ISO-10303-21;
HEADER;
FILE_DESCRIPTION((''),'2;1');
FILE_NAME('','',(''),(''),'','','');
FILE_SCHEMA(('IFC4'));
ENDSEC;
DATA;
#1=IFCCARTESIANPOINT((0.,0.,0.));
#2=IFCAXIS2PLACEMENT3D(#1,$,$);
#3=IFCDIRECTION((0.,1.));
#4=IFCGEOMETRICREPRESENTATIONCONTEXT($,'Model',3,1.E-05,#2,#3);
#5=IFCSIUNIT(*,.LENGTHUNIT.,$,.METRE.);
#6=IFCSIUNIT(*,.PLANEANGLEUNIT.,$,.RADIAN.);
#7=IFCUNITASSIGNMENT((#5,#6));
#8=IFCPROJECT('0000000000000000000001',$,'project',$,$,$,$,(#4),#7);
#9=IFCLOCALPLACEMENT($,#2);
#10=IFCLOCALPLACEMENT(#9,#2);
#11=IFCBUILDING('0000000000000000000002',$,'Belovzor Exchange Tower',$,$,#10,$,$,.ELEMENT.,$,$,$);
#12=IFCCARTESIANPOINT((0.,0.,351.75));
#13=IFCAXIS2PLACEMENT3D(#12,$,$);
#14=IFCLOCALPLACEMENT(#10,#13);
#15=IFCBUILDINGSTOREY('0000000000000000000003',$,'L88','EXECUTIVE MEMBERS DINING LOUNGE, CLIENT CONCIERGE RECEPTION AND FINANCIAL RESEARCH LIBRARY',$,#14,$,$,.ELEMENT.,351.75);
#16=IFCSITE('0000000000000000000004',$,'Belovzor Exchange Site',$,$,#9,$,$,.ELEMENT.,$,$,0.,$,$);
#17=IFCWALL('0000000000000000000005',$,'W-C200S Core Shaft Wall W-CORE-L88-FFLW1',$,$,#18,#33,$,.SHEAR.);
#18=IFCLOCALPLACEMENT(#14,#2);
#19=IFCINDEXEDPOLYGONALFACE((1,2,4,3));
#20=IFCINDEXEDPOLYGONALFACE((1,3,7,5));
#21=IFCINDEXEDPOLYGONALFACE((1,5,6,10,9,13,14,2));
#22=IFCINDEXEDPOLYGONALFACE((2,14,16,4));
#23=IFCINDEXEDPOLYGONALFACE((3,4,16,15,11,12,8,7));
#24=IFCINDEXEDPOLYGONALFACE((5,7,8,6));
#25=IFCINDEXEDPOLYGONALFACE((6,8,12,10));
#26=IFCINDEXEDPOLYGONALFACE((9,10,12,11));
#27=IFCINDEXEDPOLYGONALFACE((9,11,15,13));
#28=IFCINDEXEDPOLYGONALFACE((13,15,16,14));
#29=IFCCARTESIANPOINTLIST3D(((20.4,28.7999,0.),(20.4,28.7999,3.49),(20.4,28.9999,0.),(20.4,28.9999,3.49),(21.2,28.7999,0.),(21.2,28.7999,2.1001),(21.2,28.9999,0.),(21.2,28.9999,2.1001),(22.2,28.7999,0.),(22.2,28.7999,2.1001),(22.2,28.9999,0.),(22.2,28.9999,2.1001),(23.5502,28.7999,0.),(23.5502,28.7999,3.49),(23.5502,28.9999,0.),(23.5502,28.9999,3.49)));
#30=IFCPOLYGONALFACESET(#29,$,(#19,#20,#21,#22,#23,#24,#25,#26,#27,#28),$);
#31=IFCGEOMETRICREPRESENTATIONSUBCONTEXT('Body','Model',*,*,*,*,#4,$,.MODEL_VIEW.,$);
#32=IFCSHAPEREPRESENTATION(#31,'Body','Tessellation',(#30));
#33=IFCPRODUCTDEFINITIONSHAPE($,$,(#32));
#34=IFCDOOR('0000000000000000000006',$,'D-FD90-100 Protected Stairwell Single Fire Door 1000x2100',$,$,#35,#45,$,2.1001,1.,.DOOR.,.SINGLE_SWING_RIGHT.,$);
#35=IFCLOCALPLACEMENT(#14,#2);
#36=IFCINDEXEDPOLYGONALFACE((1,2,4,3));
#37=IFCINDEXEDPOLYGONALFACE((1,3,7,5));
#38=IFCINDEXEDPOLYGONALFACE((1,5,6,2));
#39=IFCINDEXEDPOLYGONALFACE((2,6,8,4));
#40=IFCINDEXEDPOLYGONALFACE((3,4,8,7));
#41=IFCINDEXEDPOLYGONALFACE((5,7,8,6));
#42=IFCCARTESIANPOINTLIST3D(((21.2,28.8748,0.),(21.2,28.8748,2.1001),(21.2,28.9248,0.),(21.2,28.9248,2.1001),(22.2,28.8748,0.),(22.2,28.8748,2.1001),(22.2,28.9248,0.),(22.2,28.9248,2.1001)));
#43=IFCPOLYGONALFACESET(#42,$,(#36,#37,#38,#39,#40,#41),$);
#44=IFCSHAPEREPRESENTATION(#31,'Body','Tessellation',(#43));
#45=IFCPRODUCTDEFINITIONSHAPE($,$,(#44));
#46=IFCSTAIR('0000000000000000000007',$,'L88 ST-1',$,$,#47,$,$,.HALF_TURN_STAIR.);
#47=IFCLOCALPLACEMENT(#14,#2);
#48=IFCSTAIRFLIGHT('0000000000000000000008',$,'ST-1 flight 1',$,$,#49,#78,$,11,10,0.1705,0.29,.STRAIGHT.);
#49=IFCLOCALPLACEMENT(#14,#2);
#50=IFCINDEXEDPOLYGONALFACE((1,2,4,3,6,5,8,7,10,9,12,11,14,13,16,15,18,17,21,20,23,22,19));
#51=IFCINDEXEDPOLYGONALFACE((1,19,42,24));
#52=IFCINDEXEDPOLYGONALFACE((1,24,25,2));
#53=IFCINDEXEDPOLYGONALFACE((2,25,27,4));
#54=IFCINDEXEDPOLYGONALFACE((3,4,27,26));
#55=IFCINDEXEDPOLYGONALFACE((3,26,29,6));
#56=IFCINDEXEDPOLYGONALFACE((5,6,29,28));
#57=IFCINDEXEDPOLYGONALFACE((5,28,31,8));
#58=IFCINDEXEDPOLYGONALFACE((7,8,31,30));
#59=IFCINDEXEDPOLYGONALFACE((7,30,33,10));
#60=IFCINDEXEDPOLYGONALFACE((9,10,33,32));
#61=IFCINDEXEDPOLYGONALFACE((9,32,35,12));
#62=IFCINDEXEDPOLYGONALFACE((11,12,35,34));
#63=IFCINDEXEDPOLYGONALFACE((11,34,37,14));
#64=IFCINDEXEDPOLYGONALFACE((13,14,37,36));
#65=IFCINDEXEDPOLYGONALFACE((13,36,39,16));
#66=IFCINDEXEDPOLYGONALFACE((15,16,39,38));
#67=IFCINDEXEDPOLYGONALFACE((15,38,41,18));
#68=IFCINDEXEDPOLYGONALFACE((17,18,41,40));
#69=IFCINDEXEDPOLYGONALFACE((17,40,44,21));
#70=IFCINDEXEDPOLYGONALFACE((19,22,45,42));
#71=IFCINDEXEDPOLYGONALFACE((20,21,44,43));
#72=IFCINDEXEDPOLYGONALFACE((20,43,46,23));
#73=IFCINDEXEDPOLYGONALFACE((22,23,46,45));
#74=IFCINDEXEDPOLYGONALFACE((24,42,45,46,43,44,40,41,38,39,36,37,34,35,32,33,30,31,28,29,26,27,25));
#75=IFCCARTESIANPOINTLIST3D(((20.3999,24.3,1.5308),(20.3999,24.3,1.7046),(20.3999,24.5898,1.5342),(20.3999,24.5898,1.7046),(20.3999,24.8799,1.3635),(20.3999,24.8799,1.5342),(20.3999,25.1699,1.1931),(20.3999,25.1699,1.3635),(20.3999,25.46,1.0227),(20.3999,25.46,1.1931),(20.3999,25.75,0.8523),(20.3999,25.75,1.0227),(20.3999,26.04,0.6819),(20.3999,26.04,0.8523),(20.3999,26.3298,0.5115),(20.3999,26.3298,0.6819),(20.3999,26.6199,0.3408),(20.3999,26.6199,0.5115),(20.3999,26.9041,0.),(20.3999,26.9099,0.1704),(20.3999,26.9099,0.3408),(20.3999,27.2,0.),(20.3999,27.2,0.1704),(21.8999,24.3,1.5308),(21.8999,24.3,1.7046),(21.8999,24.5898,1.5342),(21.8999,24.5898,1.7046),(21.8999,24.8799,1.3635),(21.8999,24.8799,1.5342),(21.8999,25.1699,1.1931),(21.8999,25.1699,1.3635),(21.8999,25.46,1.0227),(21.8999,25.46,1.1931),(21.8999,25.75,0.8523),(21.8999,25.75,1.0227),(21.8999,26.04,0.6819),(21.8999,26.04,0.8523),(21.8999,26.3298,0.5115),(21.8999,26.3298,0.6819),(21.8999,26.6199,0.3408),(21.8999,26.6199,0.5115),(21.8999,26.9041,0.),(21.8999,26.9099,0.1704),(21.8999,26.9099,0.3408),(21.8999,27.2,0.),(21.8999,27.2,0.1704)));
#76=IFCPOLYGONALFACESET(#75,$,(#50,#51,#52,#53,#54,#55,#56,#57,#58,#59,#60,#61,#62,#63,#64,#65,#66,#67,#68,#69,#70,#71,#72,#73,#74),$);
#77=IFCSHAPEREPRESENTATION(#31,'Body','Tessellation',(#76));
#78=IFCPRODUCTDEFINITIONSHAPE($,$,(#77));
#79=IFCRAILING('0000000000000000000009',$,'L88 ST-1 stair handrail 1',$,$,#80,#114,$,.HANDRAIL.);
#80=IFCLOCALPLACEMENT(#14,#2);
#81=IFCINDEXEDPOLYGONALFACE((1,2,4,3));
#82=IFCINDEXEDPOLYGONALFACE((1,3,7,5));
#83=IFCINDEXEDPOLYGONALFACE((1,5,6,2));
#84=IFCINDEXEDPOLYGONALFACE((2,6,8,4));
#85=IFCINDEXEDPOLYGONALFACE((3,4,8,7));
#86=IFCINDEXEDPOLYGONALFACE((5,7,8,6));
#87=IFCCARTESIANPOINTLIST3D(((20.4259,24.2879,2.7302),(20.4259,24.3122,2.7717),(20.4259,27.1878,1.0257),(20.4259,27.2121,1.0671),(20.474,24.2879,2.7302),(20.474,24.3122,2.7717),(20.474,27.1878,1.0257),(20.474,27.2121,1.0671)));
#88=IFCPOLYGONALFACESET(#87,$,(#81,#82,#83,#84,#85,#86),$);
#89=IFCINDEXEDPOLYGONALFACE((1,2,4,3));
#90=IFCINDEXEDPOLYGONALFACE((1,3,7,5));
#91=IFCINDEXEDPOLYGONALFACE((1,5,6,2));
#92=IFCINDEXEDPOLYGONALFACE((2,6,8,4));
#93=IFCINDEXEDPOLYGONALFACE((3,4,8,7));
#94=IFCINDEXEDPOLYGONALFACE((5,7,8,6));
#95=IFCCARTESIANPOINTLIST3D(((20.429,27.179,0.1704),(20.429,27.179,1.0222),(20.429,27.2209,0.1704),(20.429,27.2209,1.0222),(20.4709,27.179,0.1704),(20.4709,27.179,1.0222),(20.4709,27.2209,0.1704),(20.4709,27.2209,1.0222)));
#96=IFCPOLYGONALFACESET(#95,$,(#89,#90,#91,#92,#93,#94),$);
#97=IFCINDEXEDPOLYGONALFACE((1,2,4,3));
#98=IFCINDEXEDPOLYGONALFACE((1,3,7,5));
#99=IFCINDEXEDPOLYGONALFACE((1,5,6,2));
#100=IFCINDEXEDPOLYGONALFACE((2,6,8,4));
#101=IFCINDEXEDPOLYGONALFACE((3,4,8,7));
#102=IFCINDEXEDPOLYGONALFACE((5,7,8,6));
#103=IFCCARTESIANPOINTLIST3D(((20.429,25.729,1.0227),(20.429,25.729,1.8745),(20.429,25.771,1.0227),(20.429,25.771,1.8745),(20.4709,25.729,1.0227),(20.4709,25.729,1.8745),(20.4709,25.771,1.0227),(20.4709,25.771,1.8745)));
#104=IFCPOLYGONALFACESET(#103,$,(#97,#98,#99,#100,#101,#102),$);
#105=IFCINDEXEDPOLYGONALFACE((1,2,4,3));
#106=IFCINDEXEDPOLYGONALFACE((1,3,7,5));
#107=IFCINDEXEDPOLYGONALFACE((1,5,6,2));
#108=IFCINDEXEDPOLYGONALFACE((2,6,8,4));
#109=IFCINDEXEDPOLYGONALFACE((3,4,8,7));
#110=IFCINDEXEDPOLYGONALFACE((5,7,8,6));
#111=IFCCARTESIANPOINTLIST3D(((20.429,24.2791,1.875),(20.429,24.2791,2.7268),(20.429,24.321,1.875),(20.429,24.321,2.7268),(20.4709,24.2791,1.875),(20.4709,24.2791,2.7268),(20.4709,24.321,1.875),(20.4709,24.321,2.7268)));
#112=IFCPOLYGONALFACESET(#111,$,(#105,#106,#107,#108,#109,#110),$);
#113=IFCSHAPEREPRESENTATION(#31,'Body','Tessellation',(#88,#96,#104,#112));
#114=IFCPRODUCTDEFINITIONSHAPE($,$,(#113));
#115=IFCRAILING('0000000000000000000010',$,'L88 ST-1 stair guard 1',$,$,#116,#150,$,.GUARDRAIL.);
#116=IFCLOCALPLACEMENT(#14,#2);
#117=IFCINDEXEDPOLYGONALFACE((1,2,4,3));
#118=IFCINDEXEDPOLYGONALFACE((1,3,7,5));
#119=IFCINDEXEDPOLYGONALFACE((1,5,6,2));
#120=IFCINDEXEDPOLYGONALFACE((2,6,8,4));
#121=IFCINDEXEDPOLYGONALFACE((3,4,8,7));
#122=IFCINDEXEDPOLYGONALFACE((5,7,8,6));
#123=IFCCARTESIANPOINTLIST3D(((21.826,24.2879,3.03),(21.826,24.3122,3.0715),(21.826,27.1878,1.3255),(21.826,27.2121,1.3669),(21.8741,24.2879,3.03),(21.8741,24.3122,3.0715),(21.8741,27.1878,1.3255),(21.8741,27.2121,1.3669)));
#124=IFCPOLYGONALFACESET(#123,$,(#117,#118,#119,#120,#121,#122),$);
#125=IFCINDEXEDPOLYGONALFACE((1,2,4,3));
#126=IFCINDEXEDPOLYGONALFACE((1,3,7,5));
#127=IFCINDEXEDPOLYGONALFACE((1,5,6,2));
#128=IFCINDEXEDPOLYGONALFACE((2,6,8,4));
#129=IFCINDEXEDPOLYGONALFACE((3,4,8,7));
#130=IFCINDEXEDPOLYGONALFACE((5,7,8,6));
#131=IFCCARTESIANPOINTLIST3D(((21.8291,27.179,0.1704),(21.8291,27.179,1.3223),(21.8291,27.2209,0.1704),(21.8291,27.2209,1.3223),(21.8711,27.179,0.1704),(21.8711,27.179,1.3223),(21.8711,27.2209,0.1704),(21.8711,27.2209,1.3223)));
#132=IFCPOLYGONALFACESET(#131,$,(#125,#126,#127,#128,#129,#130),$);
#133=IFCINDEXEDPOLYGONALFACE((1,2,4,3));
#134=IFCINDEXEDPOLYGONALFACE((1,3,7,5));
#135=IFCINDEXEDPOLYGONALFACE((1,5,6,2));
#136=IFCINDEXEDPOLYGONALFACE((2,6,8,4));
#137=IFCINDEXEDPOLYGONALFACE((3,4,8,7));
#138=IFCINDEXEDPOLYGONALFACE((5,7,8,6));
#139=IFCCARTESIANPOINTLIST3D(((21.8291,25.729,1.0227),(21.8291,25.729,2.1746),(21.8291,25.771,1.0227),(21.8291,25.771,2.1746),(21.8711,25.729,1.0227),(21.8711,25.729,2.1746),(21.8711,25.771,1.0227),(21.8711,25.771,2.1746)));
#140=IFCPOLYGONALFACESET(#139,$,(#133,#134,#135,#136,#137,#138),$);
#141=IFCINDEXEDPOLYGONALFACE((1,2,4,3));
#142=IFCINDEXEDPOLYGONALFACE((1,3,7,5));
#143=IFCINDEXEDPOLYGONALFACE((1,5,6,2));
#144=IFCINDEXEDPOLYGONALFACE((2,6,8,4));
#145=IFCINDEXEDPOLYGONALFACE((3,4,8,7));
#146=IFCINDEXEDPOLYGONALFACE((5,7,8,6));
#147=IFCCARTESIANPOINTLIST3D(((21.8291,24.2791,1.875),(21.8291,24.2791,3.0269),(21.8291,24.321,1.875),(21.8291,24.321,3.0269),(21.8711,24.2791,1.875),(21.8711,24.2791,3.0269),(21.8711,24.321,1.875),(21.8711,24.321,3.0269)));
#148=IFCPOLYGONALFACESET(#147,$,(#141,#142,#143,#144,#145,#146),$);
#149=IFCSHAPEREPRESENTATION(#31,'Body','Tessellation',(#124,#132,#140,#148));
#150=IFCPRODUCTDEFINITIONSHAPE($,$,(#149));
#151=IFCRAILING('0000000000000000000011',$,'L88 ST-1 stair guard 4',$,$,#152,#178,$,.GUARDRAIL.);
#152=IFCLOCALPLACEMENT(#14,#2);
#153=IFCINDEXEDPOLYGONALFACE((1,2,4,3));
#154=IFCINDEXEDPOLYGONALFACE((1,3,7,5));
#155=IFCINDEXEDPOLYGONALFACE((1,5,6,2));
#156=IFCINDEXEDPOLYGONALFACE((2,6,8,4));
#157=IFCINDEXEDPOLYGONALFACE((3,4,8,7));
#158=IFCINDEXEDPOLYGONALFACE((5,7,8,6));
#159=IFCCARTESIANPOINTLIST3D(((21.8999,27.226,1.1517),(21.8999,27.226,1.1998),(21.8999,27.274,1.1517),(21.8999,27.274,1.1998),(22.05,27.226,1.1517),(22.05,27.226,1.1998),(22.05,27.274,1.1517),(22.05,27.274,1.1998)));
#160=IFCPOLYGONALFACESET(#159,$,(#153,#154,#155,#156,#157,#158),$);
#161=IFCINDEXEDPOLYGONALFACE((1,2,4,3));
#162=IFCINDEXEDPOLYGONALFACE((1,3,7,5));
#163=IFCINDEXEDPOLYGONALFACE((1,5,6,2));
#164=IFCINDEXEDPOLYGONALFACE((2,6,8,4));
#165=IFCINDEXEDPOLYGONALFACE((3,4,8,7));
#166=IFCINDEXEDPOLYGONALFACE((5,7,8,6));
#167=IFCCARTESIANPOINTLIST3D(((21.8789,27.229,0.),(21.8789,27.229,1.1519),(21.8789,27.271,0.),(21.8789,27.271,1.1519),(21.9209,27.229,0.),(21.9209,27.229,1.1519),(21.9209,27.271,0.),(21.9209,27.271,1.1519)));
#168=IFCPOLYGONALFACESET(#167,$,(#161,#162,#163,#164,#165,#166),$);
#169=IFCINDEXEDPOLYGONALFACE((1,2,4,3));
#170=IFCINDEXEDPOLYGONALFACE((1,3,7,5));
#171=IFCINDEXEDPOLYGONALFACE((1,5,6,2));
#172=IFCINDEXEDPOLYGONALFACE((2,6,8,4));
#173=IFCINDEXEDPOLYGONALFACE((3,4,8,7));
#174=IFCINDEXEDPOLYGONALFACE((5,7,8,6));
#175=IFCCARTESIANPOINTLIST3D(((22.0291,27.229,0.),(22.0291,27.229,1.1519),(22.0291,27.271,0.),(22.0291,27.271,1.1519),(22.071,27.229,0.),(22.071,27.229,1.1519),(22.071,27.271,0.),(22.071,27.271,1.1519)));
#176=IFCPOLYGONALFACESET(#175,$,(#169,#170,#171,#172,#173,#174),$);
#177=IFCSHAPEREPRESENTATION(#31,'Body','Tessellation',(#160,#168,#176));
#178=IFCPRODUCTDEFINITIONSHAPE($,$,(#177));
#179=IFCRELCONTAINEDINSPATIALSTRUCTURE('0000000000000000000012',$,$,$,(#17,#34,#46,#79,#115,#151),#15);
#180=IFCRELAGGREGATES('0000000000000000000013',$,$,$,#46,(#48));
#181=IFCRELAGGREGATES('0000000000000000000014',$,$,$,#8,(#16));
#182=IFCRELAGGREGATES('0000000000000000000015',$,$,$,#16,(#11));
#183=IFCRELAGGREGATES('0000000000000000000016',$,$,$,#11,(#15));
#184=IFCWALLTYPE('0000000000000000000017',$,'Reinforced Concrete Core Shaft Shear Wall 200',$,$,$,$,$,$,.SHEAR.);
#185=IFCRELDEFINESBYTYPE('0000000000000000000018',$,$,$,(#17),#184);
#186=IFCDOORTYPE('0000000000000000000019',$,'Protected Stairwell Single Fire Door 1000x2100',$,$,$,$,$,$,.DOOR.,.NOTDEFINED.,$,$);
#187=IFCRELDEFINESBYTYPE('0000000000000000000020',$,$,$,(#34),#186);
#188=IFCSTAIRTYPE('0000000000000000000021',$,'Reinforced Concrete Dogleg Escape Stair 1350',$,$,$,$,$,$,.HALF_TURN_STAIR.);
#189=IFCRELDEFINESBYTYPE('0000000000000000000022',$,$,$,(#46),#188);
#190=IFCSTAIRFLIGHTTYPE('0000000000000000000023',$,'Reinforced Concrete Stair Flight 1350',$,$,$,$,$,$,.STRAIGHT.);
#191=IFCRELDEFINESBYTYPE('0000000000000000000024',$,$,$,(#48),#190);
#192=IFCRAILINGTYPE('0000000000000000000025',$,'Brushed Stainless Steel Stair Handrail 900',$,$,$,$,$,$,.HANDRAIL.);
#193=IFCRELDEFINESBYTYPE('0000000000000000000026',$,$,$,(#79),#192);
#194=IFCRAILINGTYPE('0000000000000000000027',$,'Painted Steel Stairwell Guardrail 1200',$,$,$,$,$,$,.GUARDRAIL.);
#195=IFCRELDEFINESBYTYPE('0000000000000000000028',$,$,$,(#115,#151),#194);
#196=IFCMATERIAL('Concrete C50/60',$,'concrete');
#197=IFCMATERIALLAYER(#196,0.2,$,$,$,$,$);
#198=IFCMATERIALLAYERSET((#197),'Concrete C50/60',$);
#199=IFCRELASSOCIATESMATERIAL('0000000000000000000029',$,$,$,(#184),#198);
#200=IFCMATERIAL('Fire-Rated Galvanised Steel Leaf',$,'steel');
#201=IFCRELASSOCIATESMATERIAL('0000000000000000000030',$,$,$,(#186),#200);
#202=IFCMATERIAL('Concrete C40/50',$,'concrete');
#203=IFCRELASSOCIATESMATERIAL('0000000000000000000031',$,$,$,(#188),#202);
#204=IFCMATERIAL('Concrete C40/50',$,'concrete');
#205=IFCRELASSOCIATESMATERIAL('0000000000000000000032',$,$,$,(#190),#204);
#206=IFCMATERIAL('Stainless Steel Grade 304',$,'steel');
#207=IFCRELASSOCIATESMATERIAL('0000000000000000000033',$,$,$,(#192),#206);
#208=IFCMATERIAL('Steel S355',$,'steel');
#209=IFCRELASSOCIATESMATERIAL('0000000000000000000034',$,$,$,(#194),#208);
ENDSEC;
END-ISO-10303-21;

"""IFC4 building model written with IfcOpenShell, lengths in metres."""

from ifc_helpers import new_model, si_unit, direction, frame, frame_2d, origin, origin_2d, place, context, subcontext, project, spatial, polyline, rectangle, outline, extrude, material, layer, layer_set, type_object, element, fill, aggregate, save


model = new_model("IFC4")

# Units and contexts
model_context = context("Model", 3, precision=1e-05, world=origin(), true_north=direction((0.0, 1.0)))
body_context = subcontext(model_context, "Body", "Model", "MODEL_VIEW")
ifc_project = project(units=[si_unit("LENGTHUNIT", "METRE"), si_unit("PLANEANGLEUNIT", "RADIAN")], contexts=[model_context])

# Site, building, storey
site_placement = place(None, origin())
site = spatial("IfcSite", under=ifc_project, at=site_placement, Name="Belovzor Exchange Site", CompositionType="ELEMENT", RefElevation=0.0)
building_placement = place(site_placement, origin())
building = spatial("IfcBuilding", under=site, at=building_placement, Name="Belovzor Exchange Tower", CompositionType="ELEMENT")
storey_placement = place(building_placement, frame((0.0, 0.0, 351.75)))
storey = spatial("IfcBuildingStorey", under=building, at=storey_placement, Name="L88", Description="EXECUTIVE MEMBERS DINING LOUNGE, CLIENT CONCIERGE RECEPTION AND FINANCIAL RESEARCH LIBRARY", CompositionType="ELEMENT", Elevation=351.75)

# Wall, opening, door
ifc_material_1 = material(Name="Concrete C50/60", Category="concrete")
ifc_layer_1 = layer(ifc_material_1, 0.2)
ifc_layer_set_1 = layer_set([ifc_layer_1], Name="Concrete C50/60")
wall_type_1 = type_object("IfcWallType", Name="Reinforced Concrete Core Shaft Shear Wall 200", PredefinedType="SHEAR", material=ifc_layer_set_1)
wall_1_placement = place(storey_placement, frame((20.3999, 28.8999, 0.0), z_axis=(0.0, 0.0, 1.0), x_axis=(1.0, 0.0, 0.0)))
wall_1 = element("IfcWall", 1, at=wall_1_placement, inside=storey, type_object=wall_type_1, Name="W-C200S Core Shaft Wall W-CORE-L88-FFLW1", PredefinedType="SHEAR", context=body_context, shape_type="SweptSolid", body=[
    extrude(rectangle(XDim=3.1501, YDim=0.2, at=frame_2d((1.5752, 0.0))), origin(), (0.0, 0.0, 1.0), 3.49),
])
opening_1_placement = place(wall_1_placement, frame((0.8, 0.0, 0.0)))
opening_1 = element("IfcOpeningElement", 2, at=opening_1_placement, cuts=wall_1, PredefinedType="OPENING", context=body_context, shape_type="SweptSolid", body=[
    extrude(rectangle(XDim=1.0, YDim=2.1001, at=frame_2d((0.5, 1.05))), frame((0.0, 0.1099, 0.0), z_axis=(0.0, -1.0, 0.0), x_axis=(1.0, 0.0, 0.0)), (0.0, 0.0, 1.0), 0.22),
])
ifc_material_2 = material(Name="Fire-Rated Galvanised Steel Leaf", Category="steel")
door_type_1 = type_object("IfcDoorType", Name="Protected Stairwell Single Fire Door 1000x2100", OperationType="NOTDEFINED", PredefinedType="DOOR", material=ifc_material_2)
door_1_placement = place(opening_1_placement, origin())
door_1 = element("IfcDoor", 3, at=door_1_placement, inside=storey, type_object=door_type_1, Name="D-FD90-100 Protected Stairwell Single Fire Door 1000x2100", OperationType="SINGLE_SWING_RIGHT", OverallHeight=2.1001, OverallWidth=1.0, PredefinedType="DOOR", context=body_context, shape_type="SweptSolid", body=[
    extrude(rectangle(XDim=1.0, YDim=2.1001, at=frame_2d((0.5, 1.05))), frame((0.0, 0.0249, 0.0), z_axis=(0.0, -1.0, 0.0), x_axis=(1.0, 0.0, 0.0)), (0.0, 0.0, 1.0), 0.05),
])
fill(opening_1, door_1)

# Stair, stair flight
ifc_material_3 = material(Name="Concrete C40/50", Category="concrete")
stair_type = type_object("IfcStairType", Name="Reinforced Concrete Dogleg Escape Stair 1350", PredefinedType="HALF_TURN_STAIR", material=ifc_material_3)
stair_placement = place(storey_placement, origin())
stair = element("IfcStair", 4, at=stair_placement, inside=storey, type_object=stair_type, Name="L88 ST-1", PredefinedType="HALF_TURN_STAIR")
ifc_material_4 = material(Name="Concrete C40/50", Category="concrete")
stair_flight_type = type_object("IfcStairFlightType", Name="Reinforced Concrete Stair Flight 1350", PredefinedType="STRAIGHT", material=ifc_material_4)
stair_flight_placement = place(storey_placement, frame((21.1499, 27.2, 0.0), z_axis=(0.0, 0.0, 1.0), x_axis=(0.0, -1.0, 0.0)))
stair_flight = element("IfcStairFlight", 5, at=stair_flight_placement, type_object=stair_flight_type, Name="ST-1 flight 1", NumberOfRisers=11, NumberOfTreads=10, PredefinedType="STRAIGHT", RiserHeight=0.1705, TreadLength=0.29, context=body_context, shape_type="SweptSolid", body=[
    extrude(outline(polyline([(0.0, 0.0), (0.0, 0.1704), (0.29, 0.1704), (0.29, 0.3408), (0.5801, 0.3408), (0.5801, 0.5115), (0.8701, 0.5115), (0.8701, 0.6819), (1.1599, 0.6819), (1.1599, 0.8523), (1.45, 0.8523), (1.45, 1.0227), (1.74, 1.0227), (1.74, 1.1931), (2.03, 1.1931), (2.03, 1.3635), (2.3201, 1.3635), (2.3201, 1.5342), (2.6101, 1.5342), (2.6101, 1.7046), (2.8999, 1.7046), (2.8999, 1.875), (2.8999, 1.5308), (0.2959, 0.0), (0.0, 0.0)])), frame((0.0, 0.75, 0.0), z_axis=(0.0, -1.0, 0.0), x_axis=(1.0, 0.0, 0.0)), (0.0, 0.0, 1.0), 1.5),
])
aggregate(stair, [stair_flight])

# Railings
ifc_material_5 = material(Name="Stainless Steel Grade 304", Category="steel")
railing_type_1 = type_object("IfcRailingType", Name="Brushed Stainless Steel Stair Handrail 900", PredefinedType="HANDRAIL", material=ifc_material_5)
railing_1_placement = place(storey_placement, frame((20.45, 27.2, 0.1704)))
element("IfcRailing", 6, at=railing_1_placement, inside=storey, type_object=railing_type_1, Name="L88 ST-1 stair handrail 1", PredefinedType="HANDRAIL", context=body_context, shape_type="SweptSolid", body=[
    extrude(rectangle(XDim=0.0481, YDim=0.0481, at=origin_2d()), frame((0.0, 0.0, 0.876), z_axis=(0.0, -0.862095, 0.506747), x_axis=(1.0, 0.0, 0.0)), (0.0, 0.0, 1.0), 3.3638),
    extrude(rectangle(XDim=0.042, YDim=0.042, at=origin_2d()), origin(), (0.0, 0.0, 1.0), 0.8518),
    extrude(rectangle(XDim=0.042, YDim=0.042, at=origin_2d()), frame((0.0, -1.45, 0.8523)), (0.0, 0.0, 1.0), 0.8518),
    extrude(rectangle(XDim=0.042, YDim=0.042, at=origin_2d()), frame((0.0, -2.8999, 1.7046)), (0.0, 0.0, 1.0), 0.8518),
])
ifc_material_6 = material(Name="Steel S355", Category="steel")
railing_type_2 = type_object("IfcRailingType", Name="Painted Steel Stairwell Guardrail 1200", PredefinedType="GUARDRAIL", material=ifc_material_6)
railing_2_placement = place(storey_placement, frame((21.8501, 27.2, 0.1704)))
element("IfcRailing", 7, at=railing_2_placement, inside=storey, type_object=railing_type_2, Name="L88 ST-1 stair guard 1", PredefinedType="GUARDRAIL", context=body_context, shape_type="SweptSolid", body=[
    extrude(rectangle(XDim=0.0481, YDim=0.0481, at=origin_2d()), frame((0.0, 0.0, 1.1758), z_axis=(0.0, -0.862095, 0.506747), x_axis=(1.0, 0.0, 0.0)), (0.0, 0.0, 1.0), 3.3638),
    extrude(rectangle(XDim=0.042, YDim=0.042, at=origin_2d()), origin(), (0.0, 0.0, 1.0), 1.1519),
    extrude(rectangle(XDim=0.042, YDim=0.042, at=origin_2d()), frame((0.0, -1.45, 0.8523)), (0.0, 0.0, 1.0), 1.1519),
    extrude(rectangle(XDim=0.042, YDim=0.042, at=origin_2d()), frame((0.0, -2.8999, 1.7046)), (0.0, 0.0, 1.0), 1.1519),
])
railing_3_placement = place(storey_placement, frame((21.8999, 27.25, 0.0)))
element("IfcRailing", 8, at=railing_3_placement, inside=storey, type_object=railing_type_2, Name="L88 ST-1 stair guard 4", PredefinedType="GUARDRAIL", context=body_context, shape_type="SweptSolid", body=[
    extrude(rectangle(XDim=0.0481, YDim=0.0481, at=origin_2d()), frame((0.0, 0.0, 1.1758), z_axis=(1.0, 0.0, 0.0), x_axis=(0.0, 1.0, 0.0)), (0.0, 0.0, 1.0), 0.1501),
    extrude(rectangle(XDim=0.042, YDim=0.042, at=origin_2d()), origin(), (0.0, 0.0, 1.0), 1.1519),
    extrude(rectangle(XDim=0.042, YDim=0.042, at=origin_2d()), frame((0.1501, 0.0, 0.0)), (0.0, 0.0, 1.0), 1.1519),
])

save(model, "model.ifc")
